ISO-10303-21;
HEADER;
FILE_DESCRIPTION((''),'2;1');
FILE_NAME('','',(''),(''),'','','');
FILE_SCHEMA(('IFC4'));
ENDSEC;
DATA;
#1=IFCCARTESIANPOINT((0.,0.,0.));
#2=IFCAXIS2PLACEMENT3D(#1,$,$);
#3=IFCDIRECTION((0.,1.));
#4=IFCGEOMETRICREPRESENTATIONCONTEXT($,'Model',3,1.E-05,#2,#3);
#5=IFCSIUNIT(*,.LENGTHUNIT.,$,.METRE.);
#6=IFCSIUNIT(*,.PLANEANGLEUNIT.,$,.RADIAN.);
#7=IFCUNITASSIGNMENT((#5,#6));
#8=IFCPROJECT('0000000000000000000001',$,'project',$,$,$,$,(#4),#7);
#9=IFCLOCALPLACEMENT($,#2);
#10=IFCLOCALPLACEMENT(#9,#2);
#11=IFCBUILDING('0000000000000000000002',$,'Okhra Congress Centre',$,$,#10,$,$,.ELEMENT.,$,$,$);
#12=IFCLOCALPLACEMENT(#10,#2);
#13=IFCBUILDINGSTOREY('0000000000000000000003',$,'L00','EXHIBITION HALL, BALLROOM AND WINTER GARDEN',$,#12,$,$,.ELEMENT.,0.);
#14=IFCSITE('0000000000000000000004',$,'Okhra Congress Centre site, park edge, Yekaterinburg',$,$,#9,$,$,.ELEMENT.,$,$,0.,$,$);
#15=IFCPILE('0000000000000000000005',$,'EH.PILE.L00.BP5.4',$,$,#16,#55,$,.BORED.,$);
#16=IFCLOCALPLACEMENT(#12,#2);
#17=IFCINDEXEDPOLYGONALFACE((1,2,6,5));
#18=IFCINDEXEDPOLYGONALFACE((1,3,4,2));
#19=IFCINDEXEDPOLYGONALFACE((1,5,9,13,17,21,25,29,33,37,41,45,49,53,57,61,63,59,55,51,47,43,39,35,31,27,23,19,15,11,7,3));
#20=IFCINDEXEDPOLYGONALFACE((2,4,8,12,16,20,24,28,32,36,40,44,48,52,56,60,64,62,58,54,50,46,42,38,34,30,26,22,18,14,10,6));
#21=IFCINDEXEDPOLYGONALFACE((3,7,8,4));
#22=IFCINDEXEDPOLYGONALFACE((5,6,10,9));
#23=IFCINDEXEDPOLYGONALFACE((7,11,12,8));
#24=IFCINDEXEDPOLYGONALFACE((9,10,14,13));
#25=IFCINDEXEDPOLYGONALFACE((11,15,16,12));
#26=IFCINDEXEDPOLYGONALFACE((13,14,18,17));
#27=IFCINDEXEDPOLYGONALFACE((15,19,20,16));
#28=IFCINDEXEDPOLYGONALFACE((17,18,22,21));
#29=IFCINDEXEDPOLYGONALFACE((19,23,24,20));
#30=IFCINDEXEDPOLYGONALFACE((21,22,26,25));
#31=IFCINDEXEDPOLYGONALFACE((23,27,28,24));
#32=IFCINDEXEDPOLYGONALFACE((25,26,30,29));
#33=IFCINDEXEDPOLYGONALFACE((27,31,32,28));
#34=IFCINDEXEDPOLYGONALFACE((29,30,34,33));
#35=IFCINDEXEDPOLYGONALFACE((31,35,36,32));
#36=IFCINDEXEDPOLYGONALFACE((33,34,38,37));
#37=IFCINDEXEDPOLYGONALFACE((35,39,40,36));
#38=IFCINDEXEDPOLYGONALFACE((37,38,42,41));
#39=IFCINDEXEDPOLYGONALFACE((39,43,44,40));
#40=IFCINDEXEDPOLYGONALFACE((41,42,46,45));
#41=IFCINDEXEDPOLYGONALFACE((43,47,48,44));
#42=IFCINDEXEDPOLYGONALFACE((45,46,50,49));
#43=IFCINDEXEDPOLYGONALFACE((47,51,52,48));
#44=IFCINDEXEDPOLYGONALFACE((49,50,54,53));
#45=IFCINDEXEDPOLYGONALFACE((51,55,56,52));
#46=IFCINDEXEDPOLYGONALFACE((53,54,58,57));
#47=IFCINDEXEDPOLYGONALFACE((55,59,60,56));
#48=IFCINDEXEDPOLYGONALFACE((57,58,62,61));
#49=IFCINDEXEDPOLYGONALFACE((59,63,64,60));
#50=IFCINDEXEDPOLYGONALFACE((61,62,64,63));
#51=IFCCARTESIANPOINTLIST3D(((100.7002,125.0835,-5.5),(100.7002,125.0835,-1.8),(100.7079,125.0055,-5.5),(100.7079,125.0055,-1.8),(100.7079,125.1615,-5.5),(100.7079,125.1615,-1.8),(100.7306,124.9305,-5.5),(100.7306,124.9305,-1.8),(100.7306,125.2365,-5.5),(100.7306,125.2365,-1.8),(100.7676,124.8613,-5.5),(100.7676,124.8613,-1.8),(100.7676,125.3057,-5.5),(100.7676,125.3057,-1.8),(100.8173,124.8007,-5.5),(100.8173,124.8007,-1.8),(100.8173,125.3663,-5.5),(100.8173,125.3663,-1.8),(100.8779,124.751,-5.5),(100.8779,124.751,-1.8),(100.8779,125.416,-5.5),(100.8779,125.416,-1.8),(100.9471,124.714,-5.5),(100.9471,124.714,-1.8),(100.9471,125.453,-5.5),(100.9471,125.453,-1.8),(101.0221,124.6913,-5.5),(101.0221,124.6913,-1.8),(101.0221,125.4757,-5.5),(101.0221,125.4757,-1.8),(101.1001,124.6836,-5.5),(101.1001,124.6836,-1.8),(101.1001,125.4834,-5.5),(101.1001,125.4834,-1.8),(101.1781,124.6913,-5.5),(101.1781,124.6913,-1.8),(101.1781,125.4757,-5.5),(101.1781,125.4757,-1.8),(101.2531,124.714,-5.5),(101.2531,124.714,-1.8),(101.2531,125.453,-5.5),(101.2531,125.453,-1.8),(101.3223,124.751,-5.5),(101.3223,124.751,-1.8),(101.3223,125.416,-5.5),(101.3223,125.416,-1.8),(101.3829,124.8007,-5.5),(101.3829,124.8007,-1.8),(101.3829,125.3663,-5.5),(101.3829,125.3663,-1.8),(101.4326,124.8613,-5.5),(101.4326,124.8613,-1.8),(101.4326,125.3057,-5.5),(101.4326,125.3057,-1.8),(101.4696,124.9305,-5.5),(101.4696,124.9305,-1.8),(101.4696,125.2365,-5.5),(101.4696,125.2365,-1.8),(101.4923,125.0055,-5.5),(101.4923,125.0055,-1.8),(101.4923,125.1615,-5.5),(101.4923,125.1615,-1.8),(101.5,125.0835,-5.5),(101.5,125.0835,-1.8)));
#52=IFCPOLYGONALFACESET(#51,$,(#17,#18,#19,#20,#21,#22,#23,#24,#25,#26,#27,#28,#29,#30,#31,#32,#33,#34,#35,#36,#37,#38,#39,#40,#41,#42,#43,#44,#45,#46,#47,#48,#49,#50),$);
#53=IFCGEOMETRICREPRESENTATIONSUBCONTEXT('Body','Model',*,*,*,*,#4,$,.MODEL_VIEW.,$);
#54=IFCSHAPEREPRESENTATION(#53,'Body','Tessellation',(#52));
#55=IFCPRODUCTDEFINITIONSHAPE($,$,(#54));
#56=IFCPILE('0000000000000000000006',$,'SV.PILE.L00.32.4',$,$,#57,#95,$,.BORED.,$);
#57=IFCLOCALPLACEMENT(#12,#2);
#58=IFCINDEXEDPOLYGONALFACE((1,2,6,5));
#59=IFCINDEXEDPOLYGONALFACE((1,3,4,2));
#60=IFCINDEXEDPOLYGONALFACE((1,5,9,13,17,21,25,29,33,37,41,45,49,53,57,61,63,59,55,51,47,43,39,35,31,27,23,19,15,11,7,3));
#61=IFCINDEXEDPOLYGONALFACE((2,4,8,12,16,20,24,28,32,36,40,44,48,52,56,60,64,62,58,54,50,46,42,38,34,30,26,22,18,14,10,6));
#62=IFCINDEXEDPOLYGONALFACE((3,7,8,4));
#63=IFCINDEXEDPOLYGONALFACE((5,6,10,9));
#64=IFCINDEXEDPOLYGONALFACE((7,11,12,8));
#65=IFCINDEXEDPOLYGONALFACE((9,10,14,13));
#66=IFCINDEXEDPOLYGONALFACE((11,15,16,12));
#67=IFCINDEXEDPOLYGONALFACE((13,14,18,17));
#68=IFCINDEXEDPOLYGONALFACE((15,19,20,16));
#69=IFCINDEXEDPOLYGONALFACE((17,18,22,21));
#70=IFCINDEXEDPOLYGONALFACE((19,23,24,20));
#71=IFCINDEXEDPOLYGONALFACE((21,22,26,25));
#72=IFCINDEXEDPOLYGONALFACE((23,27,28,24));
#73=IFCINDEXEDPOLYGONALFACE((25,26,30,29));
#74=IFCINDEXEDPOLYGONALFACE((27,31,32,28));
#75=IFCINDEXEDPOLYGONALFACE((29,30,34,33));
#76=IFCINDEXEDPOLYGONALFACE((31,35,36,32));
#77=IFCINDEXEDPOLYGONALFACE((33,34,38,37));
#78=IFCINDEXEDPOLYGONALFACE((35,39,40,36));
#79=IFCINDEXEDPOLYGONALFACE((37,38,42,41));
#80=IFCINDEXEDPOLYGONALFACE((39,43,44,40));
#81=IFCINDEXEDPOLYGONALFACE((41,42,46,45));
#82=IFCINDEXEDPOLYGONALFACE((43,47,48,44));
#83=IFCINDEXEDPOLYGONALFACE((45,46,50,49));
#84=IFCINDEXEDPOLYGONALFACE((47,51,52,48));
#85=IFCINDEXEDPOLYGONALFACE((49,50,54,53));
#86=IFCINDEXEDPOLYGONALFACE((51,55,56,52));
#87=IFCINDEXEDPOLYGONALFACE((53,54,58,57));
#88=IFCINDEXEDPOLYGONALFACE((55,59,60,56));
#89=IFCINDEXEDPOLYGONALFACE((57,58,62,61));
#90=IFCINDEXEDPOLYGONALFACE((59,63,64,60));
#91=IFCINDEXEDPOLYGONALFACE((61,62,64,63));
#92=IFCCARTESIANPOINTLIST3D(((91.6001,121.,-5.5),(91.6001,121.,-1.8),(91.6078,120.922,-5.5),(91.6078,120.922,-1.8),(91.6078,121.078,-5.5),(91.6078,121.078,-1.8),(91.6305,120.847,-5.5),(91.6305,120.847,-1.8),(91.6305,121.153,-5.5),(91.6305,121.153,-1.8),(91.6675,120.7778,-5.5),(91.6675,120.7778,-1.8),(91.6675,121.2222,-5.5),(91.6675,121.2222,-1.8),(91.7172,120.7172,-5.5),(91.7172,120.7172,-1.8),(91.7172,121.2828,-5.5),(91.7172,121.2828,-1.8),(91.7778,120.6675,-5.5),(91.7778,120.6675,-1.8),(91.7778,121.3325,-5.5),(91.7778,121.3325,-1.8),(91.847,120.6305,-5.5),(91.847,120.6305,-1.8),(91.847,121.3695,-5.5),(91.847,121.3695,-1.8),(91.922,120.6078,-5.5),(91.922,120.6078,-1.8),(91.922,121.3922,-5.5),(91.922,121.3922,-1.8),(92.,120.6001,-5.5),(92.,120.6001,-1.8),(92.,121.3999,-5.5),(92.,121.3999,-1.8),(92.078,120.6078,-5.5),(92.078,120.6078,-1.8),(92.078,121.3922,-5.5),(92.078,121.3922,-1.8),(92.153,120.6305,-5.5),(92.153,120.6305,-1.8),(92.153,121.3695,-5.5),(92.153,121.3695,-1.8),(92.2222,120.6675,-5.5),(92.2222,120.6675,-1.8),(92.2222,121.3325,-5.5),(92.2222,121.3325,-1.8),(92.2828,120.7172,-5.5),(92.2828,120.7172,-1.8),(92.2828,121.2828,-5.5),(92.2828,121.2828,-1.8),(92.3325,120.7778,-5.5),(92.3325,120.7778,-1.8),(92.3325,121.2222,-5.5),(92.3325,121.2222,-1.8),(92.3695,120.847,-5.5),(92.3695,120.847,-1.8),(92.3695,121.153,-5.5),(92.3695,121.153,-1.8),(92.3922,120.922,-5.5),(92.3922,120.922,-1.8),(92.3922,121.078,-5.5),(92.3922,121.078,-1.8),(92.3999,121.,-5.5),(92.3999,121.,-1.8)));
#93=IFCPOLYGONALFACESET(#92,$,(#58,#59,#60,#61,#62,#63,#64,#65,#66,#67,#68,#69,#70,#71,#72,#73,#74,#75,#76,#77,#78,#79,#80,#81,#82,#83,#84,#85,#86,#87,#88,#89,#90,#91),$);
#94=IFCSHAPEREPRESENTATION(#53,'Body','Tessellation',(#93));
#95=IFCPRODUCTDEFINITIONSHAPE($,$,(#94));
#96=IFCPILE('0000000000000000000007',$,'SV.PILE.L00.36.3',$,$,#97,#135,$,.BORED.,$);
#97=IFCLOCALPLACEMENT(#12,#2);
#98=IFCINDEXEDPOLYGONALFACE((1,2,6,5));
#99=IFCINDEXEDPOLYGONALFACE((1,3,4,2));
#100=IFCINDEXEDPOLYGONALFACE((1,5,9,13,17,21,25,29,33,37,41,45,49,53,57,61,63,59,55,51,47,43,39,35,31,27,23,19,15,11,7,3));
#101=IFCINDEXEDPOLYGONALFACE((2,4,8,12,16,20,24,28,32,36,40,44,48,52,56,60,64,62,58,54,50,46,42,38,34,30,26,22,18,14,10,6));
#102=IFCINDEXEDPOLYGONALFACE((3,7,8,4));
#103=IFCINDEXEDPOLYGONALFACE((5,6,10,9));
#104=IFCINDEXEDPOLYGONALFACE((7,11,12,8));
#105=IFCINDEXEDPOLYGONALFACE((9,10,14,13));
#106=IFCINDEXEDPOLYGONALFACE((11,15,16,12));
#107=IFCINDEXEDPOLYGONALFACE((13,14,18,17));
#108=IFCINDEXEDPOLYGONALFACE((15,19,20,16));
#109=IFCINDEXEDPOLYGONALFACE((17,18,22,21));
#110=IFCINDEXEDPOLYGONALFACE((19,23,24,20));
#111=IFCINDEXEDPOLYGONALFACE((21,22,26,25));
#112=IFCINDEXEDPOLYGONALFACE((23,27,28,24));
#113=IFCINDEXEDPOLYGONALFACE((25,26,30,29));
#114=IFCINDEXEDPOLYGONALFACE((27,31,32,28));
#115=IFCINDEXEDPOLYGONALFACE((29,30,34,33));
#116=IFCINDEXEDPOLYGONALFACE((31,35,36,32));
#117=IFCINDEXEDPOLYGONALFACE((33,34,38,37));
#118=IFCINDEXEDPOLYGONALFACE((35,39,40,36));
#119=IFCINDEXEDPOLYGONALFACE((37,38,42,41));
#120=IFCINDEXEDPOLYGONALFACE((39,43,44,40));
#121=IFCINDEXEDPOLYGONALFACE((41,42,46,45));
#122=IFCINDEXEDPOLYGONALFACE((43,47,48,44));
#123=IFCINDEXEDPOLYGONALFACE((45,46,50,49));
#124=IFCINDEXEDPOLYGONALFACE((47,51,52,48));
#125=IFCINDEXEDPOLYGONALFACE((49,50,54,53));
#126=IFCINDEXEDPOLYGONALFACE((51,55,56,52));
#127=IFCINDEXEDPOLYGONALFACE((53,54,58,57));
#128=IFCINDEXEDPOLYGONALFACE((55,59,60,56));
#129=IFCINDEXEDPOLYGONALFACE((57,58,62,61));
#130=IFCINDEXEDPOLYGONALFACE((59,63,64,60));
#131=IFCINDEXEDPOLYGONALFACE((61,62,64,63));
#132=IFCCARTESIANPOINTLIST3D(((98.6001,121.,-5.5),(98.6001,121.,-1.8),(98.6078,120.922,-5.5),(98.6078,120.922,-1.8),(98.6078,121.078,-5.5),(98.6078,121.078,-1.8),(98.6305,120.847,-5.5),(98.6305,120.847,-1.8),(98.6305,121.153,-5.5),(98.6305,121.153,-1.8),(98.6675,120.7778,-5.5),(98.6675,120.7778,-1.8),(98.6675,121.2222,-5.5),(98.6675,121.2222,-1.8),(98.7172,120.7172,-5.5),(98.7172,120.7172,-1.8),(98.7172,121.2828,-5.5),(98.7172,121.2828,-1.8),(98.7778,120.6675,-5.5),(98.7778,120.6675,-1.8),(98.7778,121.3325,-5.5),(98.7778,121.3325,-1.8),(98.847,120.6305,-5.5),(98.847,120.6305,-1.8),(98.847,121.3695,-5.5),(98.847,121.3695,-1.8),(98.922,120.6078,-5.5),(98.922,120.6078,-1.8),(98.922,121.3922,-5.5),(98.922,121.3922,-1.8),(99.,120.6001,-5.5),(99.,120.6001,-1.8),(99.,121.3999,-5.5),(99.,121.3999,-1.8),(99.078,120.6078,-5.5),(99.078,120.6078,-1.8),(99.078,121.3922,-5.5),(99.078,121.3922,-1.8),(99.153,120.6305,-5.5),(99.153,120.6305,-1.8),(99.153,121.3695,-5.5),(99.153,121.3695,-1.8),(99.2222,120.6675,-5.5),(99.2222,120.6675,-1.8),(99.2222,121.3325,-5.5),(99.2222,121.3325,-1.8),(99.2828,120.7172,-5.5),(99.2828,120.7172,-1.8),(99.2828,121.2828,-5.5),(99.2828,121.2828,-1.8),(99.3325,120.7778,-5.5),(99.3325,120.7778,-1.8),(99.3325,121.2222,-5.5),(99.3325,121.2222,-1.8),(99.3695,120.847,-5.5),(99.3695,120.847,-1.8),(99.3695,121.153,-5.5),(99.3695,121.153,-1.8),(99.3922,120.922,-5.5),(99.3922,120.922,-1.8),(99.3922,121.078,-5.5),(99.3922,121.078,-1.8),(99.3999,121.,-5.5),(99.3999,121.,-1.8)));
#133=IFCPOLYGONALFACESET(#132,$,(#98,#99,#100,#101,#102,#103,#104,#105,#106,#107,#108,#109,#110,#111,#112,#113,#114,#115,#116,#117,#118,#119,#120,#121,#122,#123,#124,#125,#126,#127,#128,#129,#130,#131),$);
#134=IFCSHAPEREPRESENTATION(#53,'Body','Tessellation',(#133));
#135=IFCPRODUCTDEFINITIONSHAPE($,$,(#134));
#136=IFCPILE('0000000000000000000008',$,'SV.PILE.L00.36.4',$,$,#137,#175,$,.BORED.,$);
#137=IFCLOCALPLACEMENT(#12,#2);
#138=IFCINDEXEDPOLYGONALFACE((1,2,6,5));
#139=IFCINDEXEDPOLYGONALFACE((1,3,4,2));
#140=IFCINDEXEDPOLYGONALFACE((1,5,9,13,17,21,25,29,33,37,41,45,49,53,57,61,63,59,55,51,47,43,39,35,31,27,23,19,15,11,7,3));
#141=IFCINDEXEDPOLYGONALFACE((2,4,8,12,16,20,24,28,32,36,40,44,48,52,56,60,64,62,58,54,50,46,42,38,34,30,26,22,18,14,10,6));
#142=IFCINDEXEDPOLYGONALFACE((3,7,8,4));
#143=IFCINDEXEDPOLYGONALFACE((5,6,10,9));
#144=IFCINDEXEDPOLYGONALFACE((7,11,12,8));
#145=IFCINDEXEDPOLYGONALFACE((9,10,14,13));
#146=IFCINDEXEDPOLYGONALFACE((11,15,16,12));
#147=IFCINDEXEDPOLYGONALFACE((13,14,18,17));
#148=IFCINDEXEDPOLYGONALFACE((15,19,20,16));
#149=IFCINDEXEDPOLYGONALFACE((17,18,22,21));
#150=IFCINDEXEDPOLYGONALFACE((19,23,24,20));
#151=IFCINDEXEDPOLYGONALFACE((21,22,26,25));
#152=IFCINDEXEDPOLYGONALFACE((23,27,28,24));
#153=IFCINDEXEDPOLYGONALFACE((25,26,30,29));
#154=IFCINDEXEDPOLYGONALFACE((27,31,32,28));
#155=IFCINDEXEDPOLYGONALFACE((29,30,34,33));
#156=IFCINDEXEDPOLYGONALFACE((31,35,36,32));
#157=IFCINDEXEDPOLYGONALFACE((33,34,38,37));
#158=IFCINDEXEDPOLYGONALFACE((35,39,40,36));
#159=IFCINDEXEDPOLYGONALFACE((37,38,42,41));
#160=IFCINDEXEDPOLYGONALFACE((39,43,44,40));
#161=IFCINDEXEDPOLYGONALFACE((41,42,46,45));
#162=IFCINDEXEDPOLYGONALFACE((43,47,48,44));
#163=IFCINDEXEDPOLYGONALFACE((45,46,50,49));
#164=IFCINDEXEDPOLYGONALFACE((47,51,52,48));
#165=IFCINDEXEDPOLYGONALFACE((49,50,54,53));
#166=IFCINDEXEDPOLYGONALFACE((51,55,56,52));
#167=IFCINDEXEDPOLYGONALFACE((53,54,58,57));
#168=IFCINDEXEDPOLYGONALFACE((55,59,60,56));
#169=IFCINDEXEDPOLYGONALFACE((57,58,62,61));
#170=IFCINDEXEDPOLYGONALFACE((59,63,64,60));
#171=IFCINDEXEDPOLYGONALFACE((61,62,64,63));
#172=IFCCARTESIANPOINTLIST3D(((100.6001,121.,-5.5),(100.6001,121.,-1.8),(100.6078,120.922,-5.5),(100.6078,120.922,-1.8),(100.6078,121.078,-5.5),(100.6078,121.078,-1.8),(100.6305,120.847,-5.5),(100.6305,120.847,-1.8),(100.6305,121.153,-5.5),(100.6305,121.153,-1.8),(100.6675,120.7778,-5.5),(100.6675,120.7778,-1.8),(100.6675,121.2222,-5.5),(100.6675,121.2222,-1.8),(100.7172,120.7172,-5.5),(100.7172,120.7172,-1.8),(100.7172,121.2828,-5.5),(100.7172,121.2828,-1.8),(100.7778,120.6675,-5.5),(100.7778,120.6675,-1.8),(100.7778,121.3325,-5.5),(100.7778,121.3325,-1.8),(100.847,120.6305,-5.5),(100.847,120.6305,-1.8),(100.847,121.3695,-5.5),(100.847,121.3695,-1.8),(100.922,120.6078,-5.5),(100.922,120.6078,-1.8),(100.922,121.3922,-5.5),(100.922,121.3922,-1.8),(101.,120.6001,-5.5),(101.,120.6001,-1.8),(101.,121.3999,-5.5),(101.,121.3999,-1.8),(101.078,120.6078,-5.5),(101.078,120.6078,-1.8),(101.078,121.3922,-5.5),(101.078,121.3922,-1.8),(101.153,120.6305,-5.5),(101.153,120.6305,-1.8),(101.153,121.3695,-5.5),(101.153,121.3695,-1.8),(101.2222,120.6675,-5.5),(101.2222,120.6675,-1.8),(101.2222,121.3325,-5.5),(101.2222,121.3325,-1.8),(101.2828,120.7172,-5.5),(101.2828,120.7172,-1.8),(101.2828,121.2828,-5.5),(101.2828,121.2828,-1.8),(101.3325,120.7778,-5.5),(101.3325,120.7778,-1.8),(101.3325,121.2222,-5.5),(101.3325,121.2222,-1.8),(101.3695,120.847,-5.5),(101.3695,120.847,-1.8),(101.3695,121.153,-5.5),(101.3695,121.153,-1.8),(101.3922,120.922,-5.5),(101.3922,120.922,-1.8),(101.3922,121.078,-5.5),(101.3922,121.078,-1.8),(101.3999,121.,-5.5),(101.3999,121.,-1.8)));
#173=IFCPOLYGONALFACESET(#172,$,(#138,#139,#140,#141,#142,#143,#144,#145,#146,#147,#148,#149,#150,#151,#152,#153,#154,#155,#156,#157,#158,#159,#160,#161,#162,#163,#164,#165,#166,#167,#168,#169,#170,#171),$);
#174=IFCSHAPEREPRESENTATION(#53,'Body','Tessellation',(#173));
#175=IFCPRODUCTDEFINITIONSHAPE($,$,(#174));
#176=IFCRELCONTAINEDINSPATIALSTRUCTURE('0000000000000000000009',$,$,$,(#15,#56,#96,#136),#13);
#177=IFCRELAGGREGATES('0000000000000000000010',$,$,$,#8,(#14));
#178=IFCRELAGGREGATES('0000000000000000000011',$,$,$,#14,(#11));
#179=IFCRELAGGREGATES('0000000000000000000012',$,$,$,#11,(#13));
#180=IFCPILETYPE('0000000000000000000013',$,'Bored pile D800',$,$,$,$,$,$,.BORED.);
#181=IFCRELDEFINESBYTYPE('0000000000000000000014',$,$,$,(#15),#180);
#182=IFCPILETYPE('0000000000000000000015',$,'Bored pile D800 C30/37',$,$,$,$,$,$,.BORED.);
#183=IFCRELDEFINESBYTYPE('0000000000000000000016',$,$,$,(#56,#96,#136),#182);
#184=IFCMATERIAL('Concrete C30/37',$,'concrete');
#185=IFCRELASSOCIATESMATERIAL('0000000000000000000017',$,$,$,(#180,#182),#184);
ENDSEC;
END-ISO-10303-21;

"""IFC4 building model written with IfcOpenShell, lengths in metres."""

from ifc_helpers import new_model, si_unit, direction, frame, origin, origin_2d, place, context, subcontext, project, spatial, circle, extrude, material, material_profile, profile_set, type_object, element, save


model = new_model("IFC4")

# Units and contexts
model_context = context("Model", 3, precision=1e-05, world=origin(), true_north=direction((0.0, 1.0)))
body_context = subcontext(model_context, "Body", "Model", "MODEL_VIEW")
ifc_project = project(units=[si_unit("LENGTHUNIT", "METRE"), si_unit("PLANEANGLEUNIT", "RADIAN")], contexts=[model_context])

# Site, building, storey
site_placement = place(None, origin())
site = spatial("IfcSite", under=ifc_project, at=site_placement, Name="Okhra Congress Centre site, park edge, Yekaterinburg", CompositionType="ELEMENT", RefElevation=0.0)
building_placement = place(site_placement, origin())
building = spatial("IfcBuilding", under=site, at=building_placement, Name="Okhra Congress Centre", CompositionType="ELEMENT")
storey_placement = place(building_placement, origin())
storey = spatial("IfcBuildingStorey", under=building, at=storey_placement, Name="L00", Description="EXHIBITION HALL, BALLROOM AND WINTER GARDEN", CompositionType="ELEMENT", Elevation=0.0)

# Piles
ifc_material_1 = material(Name="Concrete C30/37", Category="concrete")
ifc_material_profile_1 = material_profile(ifc_material_1, circle(Radius=0.3999, at=origin_2d()), Name="D800")
ifc_profile_set_1 = profile_set([ifc_material_profile_1], Name="Concrete C30/37")
pile_type_1 = type_object("IfcPileType", Name="Bored pile D800", PredefinedType="BORED", material=ifc_profile_set_1)
for number, where, z_axis, x_axis, name in (
    (1, (101.1001, 125.0835, -1.8), (0.0, 0.0, -1.0), (1.0, 0.0, 0.0), "EH.PILE.L00.BP5.4"),
):
    element("IfcPile", number, at=place(storey_placement, frame(where, z_axis=z_axis, x_axis=x_axis)), inside=storey, type_object=pile_type_1, Name=name, PredefinedType="BORED", context=body_context, shape_type="SweptSolid", body=[
        extrude(circle(Radius=0.3999, at=origin_2d()), origin(), (0.0, 0.0, 1.0), 3.7),
    ])
ifc_material_profile_2 = material_profile(ifc_material_1, circle(Radius=0.3999, at=origin_2d()), Name="D800")
ifc_profile_set_2 = profile_set([ifc_material_profile_2], Name="Concrete C30/37")
pile_type_2 = type_object("IfcPileType", Name="Bored pile D800 C30/37", PredefinedType="BORED", material=ifc_profile_set_2)
for number, where, z_axis, x_axis, name in (
    (2, (92.0, 121.0, -1.8), (0.0, 0.0, -1.0), (1.0, 0.0, 0.0), "SV.PILE.L00.32.4"),
    (3, (99.0, 121.0, -1.8), (0.0, 0.0, -1.0), (1.0, 0.0, 0.0), "SV.PILE.L00.36.3"),
    (4, (101.0, 121.0, -1.8), (0.0, 0.0, -1.0), (1.0, 0.0, 0.0), "SV.PILE.L00.36.4"),
):
    element("IfcPile", number, at=place(storey_placement, frame(where, z_axis=z_axis, x_axis=x_axis)), inside=storey, type_object=pile_type_2, Name=name, PredefinedType="BORED", context=body_context, shape_type="SweptSolid", body=[
        extrude(circle(Radius=0.3999, at=origin_2d()), origin(), (0.0, 0.0, 1.0), 3.7),
    ])

save(model, "model.ifc")
